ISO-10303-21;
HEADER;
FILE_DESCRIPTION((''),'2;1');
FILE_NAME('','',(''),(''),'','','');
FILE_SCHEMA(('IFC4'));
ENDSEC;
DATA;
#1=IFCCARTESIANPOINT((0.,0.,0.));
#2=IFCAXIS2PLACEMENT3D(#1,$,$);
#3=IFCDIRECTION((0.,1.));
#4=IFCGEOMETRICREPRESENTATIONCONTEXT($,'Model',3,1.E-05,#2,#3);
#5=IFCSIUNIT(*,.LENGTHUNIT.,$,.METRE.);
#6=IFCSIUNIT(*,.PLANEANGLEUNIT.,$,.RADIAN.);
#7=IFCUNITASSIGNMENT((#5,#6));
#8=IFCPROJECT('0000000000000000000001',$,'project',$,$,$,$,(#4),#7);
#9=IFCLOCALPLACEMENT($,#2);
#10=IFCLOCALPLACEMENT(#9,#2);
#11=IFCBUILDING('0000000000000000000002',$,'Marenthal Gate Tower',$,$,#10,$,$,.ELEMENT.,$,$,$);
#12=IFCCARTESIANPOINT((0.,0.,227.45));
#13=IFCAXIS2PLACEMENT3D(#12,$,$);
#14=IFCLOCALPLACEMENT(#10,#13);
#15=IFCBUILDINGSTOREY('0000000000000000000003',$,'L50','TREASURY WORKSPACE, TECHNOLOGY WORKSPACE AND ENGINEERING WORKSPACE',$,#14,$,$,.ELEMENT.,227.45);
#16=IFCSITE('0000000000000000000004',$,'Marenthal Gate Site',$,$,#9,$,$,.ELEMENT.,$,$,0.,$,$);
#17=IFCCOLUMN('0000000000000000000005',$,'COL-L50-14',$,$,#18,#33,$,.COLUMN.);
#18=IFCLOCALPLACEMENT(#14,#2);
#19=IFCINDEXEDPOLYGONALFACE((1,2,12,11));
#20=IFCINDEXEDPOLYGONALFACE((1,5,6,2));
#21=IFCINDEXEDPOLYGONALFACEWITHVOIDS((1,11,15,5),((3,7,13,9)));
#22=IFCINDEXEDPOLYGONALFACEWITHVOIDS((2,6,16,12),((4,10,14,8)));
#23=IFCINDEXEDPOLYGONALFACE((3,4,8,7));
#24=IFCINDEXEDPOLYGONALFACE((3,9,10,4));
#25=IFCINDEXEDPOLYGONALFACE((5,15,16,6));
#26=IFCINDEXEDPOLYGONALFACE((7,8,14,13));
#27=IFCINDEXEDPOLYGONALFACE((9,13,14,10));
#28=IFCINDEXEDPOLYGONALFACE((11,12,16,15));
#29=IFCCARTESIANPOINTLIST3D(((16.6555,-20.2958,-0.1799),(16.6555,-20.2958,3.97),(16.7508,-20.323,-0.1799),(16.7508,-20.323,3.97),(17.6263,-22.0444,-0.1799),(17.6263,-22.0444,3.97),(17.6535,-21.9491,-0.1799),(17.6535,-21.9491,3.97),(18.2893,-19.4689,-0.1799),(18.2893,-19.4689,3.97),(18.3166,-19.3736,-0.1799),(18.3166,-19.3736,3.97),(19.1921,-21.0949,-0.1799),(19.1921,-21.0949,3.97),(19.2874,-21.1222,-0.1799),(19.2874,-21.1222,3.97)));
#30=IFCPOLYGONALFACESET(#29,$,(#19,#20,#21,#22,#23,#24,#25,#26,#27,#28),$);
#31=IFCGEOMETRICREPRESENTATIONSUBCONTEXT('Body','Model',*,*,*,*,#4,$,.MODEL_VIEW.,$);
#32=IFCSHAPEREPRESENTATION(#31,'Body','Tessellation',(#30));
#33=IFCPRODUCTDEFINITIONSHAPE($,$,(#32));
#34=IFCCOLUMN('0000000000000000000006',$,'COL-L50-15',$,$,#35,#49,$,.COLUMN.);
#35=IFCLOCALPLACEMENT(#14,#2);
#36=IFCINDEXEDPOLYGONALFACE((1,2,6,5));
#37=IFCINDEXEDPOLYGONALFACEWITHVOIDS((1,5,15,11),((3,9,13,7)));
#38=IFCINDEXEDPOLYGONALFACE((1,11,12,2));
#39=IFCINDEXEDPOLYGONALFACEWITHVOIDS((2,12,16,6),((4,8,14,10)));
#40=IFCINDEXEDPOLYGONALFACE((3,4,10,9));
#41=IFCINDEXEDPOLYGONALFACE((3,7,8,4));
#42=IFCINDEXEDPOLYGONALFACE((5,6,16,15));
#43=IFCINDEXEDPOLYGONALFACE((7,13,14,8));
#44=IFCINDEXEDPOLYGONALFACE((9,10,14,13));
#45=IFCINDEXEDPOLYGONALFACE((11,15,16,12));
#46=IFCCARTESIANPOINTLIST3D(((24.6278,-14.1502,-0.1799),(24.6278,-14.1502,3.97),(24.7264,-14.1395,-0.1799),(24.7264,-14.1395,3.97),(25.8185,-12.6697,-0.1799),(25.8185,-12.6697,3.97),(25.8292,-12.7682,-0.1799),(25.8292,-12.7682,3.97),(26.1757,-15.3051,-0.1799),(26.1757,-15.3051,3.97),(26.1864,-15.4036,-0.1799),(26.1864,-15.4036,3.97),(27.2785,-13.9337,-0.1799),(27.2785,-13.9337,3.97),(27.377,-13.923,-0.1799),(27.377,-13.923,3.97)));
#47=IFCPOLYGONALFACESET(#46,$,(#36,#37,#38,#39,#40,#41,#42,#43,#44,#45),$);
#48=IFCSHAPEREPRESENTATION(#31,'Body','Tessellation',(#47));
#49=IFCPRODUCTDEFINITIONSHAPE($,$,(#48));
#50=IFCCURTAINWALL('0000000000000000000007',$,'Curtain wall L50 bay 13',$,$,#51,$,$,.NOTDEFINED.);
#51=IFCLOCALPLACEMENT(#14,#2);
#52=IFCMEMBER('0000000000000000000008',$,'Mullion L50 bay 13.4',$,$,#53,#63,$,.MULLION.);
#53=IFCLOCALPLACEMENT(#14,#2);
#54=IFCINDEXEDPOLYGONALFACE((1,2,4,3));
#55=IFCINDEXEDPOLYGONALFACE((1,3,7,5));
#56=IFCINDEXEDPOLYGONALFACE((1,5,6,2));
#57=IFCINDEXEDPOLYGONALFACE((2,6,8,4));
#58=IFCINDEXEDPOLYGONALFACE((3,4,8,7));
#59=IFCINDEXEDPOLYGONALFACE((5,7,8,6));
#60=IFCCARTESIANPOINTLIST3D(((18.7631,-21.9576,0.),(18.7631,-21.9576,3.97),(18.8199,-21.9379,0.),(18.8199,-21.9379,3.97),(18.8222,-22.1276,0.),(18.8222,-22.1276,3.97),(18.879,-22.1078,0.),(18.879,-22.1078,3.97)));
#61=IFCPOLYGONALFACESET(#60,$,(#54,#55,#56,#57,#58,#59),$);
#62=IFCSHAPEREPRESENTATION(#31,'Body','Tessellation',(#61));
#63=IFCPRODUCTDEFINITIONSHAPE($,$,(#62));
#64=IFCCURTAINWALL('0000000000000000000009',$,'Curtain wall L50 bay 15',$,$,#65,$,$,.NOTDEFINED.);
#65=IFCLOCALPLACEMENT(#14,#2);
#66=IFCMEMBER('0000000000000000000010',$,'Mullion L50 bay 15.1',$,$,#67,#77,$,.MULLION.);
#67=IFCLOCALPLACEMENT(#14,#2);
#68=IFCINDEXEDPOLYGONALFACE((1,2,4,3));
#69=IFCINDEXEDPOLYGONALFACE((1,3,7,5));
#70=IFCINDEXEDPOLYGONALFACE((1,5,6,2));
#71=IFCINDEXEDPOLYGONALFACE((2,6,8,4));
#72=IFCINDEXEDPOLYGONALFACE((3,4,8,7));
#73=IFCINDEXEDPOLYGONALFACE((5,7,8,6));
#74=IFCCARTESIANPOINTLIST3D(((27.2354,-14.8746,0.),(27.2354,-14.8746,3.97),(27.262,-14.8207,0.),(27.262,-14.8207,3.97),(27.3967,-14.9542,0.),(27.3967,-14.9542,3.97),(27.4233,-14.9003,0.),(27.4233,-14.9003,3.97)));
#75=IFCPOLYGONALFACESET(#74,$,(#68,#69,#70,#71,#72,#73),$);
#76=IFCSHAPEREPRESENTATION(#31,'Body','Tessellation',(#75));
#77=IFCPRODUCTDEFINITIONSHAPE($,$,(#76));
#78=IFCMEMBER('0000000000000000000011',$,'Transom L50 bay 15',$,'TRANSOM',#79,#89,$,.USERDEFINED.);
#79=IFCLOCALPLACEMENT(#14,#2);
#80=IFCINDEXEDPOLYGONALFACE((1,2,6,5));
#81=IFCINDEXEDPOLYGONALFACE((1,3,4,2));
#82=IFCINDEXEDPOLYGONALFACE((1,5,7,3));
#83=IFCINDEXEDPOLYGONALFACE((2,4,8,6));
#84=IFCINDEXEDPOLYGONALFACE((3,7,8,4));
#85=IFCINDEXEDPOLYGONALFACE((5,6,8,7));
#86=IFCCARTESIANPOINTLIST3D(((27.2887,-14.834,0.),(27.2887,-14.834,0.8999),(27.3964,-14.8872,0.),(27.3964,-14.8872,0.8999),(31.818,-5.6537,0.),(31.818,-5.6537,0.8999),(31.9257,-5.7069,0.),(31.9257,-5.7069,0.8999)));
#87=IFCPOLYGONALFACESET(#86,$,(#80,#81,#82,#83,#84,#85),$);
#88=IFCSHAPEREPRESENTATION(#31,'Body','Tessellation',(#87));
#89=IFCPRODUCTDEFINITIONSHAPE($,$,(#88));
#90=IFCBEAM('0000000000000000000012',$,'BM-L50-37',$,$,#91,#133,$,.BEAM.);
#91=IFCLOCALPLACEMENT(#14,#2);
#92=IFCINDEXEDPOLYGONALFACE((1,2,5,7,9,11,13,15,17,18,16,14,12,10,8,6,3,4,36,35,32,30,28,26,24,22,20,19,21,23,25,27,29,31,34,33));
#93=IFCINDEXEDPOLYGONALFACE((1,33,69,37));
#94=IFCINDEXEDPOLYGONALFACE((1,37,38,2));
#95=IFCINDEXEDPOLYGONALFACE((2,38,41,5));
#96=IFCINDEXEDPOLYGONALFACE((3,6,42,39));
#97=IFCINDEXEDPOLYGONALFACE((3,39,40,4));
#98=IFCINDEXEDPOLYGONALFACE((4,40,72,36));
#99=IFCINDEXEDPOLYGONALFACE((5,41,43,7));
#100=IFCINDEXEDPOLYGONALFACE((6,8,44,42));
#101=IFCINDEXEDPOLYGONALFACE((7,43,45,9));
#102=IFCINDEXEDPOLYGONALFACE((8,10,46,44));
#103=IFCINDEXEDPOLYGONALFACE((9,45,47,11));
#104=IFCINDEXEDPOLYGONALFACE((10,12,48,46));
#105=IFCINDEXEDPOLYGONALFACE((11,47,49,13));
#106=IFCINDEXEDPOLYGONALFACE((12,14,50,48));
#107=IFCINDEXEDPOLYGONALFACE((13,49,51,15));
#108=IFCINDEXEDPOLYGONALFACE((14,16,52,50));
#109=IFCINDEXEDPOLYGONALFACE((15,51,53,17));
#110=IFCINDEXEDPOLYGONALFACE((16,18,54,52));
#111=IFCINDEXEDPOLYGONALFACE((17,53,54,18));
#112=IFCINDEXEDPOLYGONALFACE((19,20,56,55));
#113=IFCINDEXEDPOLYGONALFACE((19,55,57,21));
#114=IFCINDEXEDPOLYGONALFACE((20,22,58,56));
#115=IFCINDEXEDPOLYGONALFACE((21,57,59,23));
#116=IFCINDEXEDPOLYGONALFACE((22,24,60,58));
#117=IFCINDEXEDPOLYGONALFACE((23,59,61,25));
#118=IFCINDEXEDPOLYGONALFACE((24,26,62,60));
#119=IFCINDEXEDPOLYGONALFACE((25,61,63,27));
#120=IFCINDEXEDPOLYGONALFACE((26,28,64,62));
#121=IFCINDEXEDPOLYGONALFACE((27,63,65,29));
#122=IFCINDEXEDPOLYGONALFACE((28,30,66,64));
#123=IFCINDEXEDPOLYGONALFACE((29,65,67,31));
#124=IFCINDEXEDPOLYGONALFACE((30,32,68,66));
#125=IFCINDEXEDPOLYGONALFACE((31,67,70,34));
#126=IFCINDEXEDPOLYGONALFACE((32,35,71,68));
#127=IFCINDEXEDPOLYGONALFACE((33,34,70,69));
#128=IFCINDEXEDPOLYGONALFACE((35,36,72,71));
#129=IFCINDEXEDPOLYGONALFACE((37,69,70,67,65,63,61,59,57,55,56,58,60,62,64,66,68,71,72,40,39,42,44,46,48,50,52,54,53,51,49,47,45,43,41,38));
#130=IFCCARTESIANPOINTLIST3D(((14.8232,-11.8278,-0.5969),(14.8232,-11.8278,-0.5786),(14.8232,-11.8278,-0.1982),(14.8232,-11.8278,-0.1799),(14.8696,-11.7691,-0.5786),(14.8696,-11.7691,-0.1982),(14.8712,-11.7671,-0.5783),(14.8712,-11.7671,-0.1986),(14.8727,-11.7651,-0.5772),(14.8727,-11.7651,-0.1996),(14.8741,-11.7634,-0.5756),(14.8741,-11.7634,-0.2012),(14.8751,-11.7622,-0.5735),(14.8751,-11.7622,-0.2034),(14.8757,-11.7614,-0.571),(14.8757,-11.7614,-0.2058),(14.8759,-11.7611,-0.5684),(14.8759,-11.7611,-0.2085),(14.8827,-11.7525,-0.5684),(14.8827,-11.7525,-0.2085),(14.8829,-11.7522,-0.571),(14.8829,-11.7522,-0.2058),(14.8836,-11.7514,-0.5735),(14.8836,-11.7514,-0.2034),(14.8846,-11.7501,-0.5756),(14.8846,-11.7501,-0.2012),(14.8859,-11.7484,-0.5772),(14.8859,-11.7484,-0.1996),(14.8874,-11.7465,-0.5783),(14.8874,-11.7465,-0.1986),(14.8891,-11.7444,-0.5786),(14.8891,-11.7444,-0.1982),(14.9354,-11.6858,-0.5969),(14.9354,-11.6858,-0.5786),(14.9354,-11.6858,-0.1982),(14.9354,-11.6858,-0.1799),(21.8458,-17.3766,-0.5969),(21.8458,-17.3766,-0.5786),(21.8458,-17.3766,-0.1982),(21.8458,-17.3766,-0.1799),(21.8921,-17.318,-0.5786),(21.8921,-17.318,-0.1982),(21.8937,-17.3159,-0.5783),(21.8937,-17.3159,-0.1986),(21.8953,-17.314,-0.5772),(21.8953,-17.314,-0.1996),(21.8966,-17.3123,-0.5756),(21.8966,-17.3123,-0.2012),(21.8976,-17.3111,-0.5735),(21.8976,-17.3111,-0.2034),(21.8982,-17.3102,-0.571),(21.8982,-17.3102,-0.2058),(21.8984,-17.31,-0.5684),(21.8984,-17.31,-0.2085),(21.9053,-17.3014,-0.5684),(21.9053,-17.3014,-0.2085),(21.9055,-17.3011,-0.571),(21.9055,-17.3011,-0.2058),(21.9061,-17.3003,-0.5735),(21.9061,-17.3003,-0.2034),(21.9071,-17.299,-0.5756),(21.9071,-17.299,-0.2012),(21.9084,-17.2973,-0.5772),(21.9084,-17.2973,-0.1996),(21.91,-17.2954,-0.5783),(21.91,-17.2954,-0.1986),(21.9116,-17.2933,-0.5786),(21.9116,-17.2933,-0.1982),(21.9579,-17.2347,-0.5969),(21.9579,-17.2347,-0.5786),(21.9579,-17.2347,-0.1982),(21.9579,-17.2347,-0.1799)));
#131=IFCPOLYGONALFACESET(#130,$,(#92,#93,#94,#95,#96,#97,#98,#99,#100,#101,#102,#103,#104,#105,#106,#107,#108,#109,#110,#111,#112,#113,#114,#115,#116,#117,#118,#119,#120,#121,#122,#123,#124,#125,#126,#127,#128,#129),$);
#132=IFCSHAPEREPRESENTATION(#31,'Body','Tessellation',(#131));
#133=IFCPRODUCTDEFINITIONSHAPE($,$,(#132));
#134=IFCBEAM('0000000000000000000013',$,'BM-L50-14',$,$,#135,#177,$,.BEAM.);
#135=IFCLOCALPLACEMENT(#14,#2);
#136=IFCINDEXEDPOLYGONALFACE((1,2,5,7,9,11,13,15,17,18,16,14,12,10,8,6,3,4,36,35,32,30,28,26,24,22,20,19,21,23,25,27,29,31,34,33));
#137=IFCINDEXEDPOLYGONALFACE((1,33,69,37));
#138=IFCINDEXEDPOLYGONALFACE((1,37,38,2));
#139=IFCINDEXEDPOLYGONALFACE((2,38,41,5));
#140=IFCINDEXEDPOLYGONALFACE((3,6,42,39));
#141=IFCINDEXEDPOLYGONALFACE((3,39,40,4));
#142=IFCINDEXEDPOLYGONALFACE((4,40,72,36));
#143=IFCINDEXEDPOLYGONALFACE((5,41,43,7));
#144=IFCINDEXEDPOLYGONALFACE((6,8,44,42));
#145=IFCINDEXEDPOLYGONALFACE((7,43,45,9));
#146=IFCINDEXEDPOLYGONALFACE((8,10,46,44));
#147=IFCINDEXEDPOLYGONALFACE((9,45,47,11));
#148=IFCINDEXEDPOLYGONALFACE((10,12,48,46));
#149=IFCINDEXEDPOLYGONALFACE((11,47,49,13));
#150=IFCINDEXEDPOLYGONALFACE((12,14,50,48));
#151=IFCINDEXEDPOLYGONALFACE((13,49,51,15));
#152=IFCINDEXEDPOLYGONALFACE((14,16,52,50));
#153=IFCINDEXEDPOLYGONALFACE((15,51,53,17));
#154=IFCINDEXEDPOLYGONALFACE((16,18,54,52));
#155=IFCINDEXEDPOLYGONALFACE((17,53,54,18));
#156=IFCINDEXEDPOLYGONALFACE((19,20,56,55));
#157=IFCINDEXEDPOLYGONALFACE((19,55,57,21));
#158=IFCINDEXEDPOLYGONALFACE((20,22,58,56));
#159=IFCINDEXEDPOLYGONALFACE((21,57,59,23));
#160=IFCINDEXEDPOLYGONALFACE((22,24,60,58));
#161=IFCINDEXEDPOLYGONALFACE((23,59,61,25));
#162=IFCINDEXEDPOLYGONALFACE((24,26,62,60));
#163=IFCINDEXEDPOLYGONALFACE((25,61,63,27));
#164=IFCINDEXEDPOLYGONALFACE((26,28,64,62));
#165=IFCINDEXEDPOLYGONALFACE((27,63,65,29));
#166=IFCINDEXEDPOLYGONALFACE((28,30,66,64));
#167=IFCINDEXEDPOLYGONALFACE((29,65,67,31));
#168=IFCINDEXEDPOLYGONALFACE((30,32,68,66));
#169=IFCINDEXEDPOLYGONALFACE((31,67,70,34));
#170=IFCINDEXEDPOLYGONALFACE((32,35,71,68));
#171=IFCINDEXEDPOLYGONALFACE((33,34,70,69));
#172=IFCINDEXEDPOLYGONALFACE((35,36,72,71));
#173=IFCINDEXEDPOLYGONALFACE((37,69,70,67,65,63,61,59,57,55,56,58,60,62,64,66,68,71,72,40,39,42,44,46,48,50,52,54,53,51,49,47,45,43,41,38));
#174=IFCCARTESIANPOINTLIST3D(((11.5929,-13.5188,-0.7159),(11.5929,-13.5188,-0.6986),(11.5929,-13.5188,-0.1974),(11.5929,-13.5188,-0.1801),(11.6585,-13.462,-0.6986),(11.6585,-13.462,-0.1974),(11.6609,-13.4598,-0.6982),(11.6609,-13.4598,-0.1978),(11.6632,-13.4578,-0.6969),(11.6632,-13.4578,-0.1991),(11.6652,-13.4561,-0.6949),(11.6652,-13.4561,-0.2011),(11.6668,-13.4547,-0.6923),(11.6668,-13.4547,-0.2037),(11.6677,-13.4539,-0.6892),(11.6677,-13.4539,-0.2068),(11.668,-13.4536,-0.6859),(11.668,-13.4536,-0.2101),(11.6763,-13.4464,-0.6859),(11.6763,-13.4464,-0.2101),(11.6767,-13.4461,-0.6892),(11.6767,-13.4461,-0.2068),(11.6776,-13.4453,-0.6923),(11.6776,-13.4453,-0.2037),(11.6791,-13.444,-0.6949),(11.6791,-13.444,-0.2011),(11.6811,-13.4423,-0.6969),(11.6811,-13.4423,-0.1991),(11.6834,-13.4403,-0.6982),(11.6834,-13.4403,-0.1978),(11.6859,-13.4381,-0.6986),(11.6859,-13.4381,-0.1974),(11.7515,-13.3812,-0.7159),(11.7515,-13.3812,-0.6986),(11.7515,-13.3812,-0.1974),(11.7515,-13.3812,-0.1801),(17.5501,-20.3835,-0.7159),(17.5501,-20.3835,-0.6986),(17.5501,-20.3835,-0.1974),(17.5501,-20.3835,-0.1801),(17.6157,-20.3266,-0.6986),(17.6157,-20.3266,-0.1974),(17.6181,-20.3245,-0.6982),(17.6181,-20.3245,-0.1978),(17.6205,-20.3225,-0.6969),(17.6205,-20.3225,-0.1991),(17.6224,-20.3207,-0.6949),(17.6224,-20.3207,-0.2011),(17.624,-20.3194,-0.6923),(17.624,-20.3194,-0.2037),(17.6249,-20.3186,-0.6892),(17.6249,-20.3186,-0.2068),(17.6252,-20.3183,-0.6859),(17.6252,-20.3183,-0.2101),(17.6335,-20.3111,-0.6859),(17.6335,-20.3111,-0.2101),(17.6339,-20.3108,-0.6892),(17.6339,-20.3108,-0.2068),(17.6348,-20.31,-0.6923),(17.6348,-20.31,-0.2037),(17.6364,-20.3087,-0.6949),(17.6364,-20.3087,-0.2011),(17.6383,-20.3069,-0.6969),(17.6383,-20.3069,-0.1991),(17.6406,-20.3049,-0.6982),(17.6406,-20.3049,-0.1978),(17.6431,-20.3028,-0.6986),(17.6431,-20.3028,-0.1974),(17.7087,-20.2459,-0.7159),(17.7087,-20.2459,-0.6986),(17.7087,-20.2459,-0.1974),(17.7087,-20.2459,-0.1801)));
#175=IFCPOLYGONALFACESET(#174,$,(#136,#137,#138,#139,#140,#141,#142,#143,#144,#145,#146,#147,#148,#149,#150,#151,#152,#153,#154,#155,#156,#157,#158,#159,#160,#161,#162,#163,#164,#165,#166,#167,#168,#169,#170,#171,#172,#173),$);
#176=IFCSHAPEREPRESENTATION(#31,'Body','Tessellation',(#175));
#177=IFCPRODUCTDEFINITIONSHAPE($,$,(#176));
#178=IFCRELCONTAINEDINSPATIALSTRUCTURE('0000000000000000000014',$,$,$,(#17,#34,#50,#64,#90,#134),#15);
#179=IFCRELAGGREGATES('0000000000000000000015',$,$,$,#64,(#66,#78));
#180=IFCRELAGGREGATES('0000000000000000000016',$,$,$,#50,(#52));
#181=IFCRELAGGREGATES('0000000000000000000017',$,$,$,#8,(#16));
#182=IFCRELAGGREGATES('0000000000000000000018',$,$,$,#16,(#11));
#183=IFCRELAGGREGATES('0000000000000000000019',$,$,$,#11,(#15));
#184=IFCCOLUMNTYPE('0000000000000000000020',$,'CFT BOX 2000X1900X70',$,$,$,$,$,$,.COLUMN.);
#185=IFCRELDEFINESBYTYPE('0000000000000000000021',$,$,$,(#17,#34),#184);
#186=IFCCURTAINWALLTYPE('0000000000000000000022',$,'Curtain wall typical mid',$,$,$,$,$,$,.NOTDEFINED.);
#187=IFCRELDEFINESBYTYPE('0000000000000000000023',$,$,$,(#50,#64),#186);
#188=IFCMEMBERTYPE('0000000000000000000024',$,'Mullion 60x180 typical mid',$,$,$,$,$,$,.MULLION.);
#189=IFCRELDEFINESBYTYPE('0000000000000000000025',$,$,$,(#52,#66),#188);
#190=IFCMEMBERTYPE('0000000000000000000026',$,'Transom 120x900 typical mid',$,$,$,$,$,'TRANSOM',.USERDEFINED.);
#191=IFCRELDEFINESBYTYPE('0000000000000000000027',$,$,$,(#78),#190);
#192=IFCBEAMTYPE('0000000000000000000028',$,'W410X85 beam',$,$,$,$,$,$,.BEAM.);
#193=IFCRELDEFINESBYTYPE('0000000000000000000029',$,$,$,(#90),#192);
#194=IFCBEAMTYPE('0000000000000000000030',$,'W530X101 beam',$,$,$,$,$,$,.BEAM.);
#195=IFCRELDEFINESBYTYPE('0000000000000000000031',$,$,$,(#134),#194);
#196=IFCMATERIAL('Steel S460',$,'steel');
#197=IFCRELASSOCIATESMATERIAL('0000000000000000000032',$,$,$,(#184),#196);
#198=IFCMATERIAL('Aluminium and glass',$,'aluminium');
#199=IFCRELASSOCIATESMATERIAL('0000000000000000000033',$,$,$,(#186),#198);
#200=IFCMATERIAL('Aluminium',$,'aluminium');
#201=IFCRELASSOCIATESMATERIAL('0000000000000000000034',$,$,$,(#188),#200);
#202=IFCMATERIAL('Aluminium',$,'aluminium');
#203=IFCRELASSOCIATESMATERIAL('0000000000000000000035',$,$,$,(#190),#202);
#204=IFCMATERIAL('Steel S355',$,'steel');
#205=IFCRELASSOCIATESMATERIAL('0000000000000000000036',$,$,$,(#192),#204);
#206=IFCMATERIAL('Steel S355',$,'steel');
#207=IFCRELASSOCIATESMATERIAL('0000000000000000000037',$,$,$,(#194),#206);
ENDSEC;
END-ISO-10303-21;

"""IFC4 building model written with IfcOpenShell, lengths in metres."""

from ifc_helpers import new_model, si_unit, direction, frame, origin, origin_2d, place, context, subcontext, project, spatial, rectangle, hollow_rectangle, i_section, extrude, material, material_profile, profile_set, type_object, element, aggregate, save


model = new_model("IFC4")

# Units and contexts
model_context = context("Model", 3, precision=1e-05, world=origin(), true_north=direction((0.0, 1.0)))
body_context = subcontext(model_context, "Body", "Model", "MODEL_VIEW")
ifc_project = project(units=[si_unit("LENGTHUNIT", "METRE"), si_unit("PLANEANGLEUNIT", "RADIAN")], contexts=[model_context])

# Site, building, storey
site_placement = place(None, origin())
site = spatial("IfcSite", under=ifc_project, at=site_placement, Name="Marenthal Gate Site", CompositionType="ELEMENT", RefElevation=0.0)
building_placement = place(site_placement, origin())
building = spatial("IfcBuilding", under=site, at=building_placement, Name="Marenthal Gate Tower", CompositionType="ELEMENT")
storey_placement = place(building_placement, frame((0.0, 0.0, 227.45)))
storey = spatial("IfcBuildingStorey", under=building, at=storey_placement, Name="L50", Description="TREASURY WORKSPACE, TECHNOLOGY WORKSPACE AND ENGINEERING WORKSPACE", CompositionType="ELEMENT", Elevation=227.45)

# Columns
ifc_material_1 = material(Name="Steel S460", Category="steel")
ifc_material_profile_1 = material_profile(ifc_material_1, hollow_rectangle(XDim=1.8999, YDim=2.0, WallThickness=0.0701, at=origin_2d()), Name="CFT BOX 2000X1900X70")
ifc_material_2 = material(Name="Concrete 70 MPa", Category="concrete")
ifc_material_profile_2 = material_profile(ifc_material_2, rectangle(XDim=1.76, YDim=1.8601, at=origin_2d()), Name="CFT BOX 2000X1900X70 INFILL")
ifc_profile_set_1 = profile_set([ifc_material_profile_1, ifc_material_profile_2], Name="Steel S460 shell, Concrete 70 MPa infill")
column_type = type_object("IfcColumnType", Name="CFT BOX 2000X1900X70", PredefinedType="COLUMN", material=ifc_profile_set_1)
for number, where, z_axis, x_axis, name in (
    (1, (17.9714, -20.709, -0.1799), (0.0, 0.0, 1.0), (-0.874301, -0.485385, 0.0), "COL-L50-14"),
    (2, (26.0024, -14.0366, -0.1799), (0.0, 0.0, 1.0), (-0.626684, -0.779273, 0.0), "COL-L50-15"),
):
    element("IfcColumn", number, at=place(storey_placement, frame(where, z_axis=z_axis, x_axis=x_axis)), inside=storey, type_object=column_type, Name=name, PredefinedType="COLUMN", context=body_context, shape_type="SweptSolid", body=[
        extrude(hollow_rectangle(XDim=1.8999, YDim=2.0, WallThickness=0.0701, at=origin_2d()), origin(), (0.0, 0.0, 1.0), 4.1499),
    ])

# Curtain wall, member
ifc_material_3 = material(Name="Aluminium and glass", Category="aluminium")
curtain_wall_type = type_object("IfcCurtainWallType", Name="Curtain wall typical mid", PredefinedType="NOTDEFINED", material=ifc_material_3)
curtain_wall_1_placement = place(storey_placement, origin())
curtain_wall_1 = element("IfcCurtainWall", 3, at=curtain_wall_1_placement, inside=storey, type_object=curtain_wall_type, Name="Curtain wall L50 bay 13", PredefinedType="NOTDEFINED")
ifc_material_4 = material(Name="Aluminium", Category="aluminium")
ifc_material_profile_3 = material_profile(ifc_material_4, rectangle(XDim=0.1799, YDim=0.0601, at=origin_2d()), Name="60x180 aluminium mullion")
ifc_profile_set_2 = profile_set([ifc_material_profile_3], Name="Aluminium")
member_type_1 = type_object("IfcMemberType", Name="Mullion 60x180 typical mid", PredefinedType="MULLION", material=ifc_profile_set_2)
member_1_placement = place(storey_placement, frame((18.821, -22.0327, 0.0), z_axis=(0.0, 0.0, 1.0), x_axis=(-0.328468, 0.944515, 0.0)))
member_1 = element("IfcMember", 4, at=member_1_placement, type_object=member_type_1, Name="Mullion L50 bay 13.4", PredefinedType="MULLION", context=body_context, shape_type="SweptSolid", body=[
    extrude(rectangle(XDim=0.1799, YDim=0.0601, at=origin_2d()), origin(), (0.0, 0.0, 1.0), 3.97),
])

# Curtain wall, members
curtain_wall_2_placement = place(storey_placement, origin())
curtain_wall_2 = element("IfcCurtainWall", 5, at=curtain_wall_2_placement, inside=storey, type_object=curtain_wall_type, Name="Curtain wall L50 bay 15", PredefinedType="NOTDEFINED")
member_2_placement = place(storey_placement, frame((27.3293, -14.8875, 0.0), z_axis=(0.0, 0.0, 1.0), x_axis=(-0.896798, 0.442441, 0.0)))
member_2 = element("IfcMember", 6, at=member_2_placement, type_object=member_type_1, Name="Mullion L50 bay 15.1", PredefinedType="MULLION", context=body_context, shape_type="SweptSolid", body=[
    extrude(rectangle(XDim=0.1799, YDim=0.0601, at=origin_2d()), origin(), (0.0, 0.0, 1.0), 3.97),
])
ifc_material_5 = material(Name="Aluminium", Category="aluminium")
ifc_material_profile_4 = material_profile(ifc_material_5, rectangle(XDim=0.1201, YDim=0.8999, at=origin_2d()), Name="120x900 aluminium transom")
ifc_profile_set_3 = profile_set([ifc_material_profile_4], Name="Aluminium")
member_type_2 = type_object("IfcMemberType", Name="Transom 120x900 typical mid", ElementType="TRANSOM", PredefinedType="USERDEFINED", material=ifc_profile_set_3)
member_3_placement = place(storey_placement, frame((27.3425, -14.8606, 0.45), z_axis=(0.442456, 0.89679, 0.0), x_axis=(-0.89679, 0.442456, 0.0)))
member_3 = element("IfcMember", 7, at=member_3_placement, type_object=member_type_2, Name="Transom L50 bay 15", ObjectType="TRANSOM", PredefinedType="USERDEFINED", context=body_context, shape_type="SweptSolid", body=[
    extrude(rectangle(XDim=0.1201, YDim=0.8999, at=origin_2d()), origin(), (0.0, 0.0, 1.0), 10.2368),
])
aggregate(curtain_wall_2, [member_2, member_3])

# Beams
ifc_material_6 = material(Name="Steel S355", Category="steel")
ifc_material_profile_5 = material_profile(ifc_material_6, i_section(OverallWidth=0.1809, OverallDepth=0.417, WebThickness=0.011, FlangeThickness=0.0183, FilletRadius=0.0103, at=origin_2d()), Name="W410X85")
ifc_profile_set_4 = profile_set([ifc_material_profile_5], Name="Steel S355")
beam_type_1 = type_object("IfcBeamType", Name="W410X85 beam", PredefinedType="BEAM", material=ifc_profile_set_4)
beam_1_placement = place(storey_placement, frame((21.9019, -17.3057, -0.3884), z_axis=(-0.784623, 0.619973, 0.0), x_axis=(-0.619973, -0.784623, 0.0)))
element("IfcBeam", 8, at=beam_1_placement, inside=storey, type_object=beam_type_1, Name="BM-L50-37", PredefinedType="BEAM", context=body_context, shape_type="SweptSolid", body=[
    extrude(i_section(OverallWidth=0.1809, OverallDepth=0.417, WebThickness=0.011, FlangeThickness=0.0183, FilletRadius=0.0103, at=origin_2d()), origin(), (0.0, 0.0, 1.0), 8.9502),
])
ifc_material_7 = material(Name="Steel S355", Category="steel")
ifc_material_profile_6 = material_profile(ifc_material_7, i_section(OverallWidth=0.21, OverallDepth=0.5359, WebThickness=0.011, FlangeThickness=0.0173, FilletRadius=0.0127, at=origin_2d()), Name="W530X101")
ifc_profile_set_5 = profile_set([ifc_material_profile_6], Name="Steel S355")
beam_type_2 = type_object("IfcBeamType", Name="W530X101 beam", PredefinedType="BEAM", material=ifc_profile_set_5)
beam_2_placement = place(storey_placement, frame((17.6294, -20.3147, -0.448), z_axis=(-0.655422, 0.755263, 0.0), x_axis=(-0.755263, -0.655422, 0.0)))
element("IfcBeam", 9, at=beam_2_placement, inside=storey, type_object=beam_type_2, Name="BM-L50-14", PredefinedType="BEAM", context=body_context, shape_type="SweptSolid", body=[
    extrude(i_section(OverallWidth=0.21, OverallDepth=0.5359, WebThickness=0.011, FlangeThickness=0.0173, FilletRadius=0.0127, at=origin_2d()), origin(), (0.0, 0.0, 1.0), 9.0891),
])

aggregate(curtain_wall_1, [member_1])

save(model, "model.ifc")
